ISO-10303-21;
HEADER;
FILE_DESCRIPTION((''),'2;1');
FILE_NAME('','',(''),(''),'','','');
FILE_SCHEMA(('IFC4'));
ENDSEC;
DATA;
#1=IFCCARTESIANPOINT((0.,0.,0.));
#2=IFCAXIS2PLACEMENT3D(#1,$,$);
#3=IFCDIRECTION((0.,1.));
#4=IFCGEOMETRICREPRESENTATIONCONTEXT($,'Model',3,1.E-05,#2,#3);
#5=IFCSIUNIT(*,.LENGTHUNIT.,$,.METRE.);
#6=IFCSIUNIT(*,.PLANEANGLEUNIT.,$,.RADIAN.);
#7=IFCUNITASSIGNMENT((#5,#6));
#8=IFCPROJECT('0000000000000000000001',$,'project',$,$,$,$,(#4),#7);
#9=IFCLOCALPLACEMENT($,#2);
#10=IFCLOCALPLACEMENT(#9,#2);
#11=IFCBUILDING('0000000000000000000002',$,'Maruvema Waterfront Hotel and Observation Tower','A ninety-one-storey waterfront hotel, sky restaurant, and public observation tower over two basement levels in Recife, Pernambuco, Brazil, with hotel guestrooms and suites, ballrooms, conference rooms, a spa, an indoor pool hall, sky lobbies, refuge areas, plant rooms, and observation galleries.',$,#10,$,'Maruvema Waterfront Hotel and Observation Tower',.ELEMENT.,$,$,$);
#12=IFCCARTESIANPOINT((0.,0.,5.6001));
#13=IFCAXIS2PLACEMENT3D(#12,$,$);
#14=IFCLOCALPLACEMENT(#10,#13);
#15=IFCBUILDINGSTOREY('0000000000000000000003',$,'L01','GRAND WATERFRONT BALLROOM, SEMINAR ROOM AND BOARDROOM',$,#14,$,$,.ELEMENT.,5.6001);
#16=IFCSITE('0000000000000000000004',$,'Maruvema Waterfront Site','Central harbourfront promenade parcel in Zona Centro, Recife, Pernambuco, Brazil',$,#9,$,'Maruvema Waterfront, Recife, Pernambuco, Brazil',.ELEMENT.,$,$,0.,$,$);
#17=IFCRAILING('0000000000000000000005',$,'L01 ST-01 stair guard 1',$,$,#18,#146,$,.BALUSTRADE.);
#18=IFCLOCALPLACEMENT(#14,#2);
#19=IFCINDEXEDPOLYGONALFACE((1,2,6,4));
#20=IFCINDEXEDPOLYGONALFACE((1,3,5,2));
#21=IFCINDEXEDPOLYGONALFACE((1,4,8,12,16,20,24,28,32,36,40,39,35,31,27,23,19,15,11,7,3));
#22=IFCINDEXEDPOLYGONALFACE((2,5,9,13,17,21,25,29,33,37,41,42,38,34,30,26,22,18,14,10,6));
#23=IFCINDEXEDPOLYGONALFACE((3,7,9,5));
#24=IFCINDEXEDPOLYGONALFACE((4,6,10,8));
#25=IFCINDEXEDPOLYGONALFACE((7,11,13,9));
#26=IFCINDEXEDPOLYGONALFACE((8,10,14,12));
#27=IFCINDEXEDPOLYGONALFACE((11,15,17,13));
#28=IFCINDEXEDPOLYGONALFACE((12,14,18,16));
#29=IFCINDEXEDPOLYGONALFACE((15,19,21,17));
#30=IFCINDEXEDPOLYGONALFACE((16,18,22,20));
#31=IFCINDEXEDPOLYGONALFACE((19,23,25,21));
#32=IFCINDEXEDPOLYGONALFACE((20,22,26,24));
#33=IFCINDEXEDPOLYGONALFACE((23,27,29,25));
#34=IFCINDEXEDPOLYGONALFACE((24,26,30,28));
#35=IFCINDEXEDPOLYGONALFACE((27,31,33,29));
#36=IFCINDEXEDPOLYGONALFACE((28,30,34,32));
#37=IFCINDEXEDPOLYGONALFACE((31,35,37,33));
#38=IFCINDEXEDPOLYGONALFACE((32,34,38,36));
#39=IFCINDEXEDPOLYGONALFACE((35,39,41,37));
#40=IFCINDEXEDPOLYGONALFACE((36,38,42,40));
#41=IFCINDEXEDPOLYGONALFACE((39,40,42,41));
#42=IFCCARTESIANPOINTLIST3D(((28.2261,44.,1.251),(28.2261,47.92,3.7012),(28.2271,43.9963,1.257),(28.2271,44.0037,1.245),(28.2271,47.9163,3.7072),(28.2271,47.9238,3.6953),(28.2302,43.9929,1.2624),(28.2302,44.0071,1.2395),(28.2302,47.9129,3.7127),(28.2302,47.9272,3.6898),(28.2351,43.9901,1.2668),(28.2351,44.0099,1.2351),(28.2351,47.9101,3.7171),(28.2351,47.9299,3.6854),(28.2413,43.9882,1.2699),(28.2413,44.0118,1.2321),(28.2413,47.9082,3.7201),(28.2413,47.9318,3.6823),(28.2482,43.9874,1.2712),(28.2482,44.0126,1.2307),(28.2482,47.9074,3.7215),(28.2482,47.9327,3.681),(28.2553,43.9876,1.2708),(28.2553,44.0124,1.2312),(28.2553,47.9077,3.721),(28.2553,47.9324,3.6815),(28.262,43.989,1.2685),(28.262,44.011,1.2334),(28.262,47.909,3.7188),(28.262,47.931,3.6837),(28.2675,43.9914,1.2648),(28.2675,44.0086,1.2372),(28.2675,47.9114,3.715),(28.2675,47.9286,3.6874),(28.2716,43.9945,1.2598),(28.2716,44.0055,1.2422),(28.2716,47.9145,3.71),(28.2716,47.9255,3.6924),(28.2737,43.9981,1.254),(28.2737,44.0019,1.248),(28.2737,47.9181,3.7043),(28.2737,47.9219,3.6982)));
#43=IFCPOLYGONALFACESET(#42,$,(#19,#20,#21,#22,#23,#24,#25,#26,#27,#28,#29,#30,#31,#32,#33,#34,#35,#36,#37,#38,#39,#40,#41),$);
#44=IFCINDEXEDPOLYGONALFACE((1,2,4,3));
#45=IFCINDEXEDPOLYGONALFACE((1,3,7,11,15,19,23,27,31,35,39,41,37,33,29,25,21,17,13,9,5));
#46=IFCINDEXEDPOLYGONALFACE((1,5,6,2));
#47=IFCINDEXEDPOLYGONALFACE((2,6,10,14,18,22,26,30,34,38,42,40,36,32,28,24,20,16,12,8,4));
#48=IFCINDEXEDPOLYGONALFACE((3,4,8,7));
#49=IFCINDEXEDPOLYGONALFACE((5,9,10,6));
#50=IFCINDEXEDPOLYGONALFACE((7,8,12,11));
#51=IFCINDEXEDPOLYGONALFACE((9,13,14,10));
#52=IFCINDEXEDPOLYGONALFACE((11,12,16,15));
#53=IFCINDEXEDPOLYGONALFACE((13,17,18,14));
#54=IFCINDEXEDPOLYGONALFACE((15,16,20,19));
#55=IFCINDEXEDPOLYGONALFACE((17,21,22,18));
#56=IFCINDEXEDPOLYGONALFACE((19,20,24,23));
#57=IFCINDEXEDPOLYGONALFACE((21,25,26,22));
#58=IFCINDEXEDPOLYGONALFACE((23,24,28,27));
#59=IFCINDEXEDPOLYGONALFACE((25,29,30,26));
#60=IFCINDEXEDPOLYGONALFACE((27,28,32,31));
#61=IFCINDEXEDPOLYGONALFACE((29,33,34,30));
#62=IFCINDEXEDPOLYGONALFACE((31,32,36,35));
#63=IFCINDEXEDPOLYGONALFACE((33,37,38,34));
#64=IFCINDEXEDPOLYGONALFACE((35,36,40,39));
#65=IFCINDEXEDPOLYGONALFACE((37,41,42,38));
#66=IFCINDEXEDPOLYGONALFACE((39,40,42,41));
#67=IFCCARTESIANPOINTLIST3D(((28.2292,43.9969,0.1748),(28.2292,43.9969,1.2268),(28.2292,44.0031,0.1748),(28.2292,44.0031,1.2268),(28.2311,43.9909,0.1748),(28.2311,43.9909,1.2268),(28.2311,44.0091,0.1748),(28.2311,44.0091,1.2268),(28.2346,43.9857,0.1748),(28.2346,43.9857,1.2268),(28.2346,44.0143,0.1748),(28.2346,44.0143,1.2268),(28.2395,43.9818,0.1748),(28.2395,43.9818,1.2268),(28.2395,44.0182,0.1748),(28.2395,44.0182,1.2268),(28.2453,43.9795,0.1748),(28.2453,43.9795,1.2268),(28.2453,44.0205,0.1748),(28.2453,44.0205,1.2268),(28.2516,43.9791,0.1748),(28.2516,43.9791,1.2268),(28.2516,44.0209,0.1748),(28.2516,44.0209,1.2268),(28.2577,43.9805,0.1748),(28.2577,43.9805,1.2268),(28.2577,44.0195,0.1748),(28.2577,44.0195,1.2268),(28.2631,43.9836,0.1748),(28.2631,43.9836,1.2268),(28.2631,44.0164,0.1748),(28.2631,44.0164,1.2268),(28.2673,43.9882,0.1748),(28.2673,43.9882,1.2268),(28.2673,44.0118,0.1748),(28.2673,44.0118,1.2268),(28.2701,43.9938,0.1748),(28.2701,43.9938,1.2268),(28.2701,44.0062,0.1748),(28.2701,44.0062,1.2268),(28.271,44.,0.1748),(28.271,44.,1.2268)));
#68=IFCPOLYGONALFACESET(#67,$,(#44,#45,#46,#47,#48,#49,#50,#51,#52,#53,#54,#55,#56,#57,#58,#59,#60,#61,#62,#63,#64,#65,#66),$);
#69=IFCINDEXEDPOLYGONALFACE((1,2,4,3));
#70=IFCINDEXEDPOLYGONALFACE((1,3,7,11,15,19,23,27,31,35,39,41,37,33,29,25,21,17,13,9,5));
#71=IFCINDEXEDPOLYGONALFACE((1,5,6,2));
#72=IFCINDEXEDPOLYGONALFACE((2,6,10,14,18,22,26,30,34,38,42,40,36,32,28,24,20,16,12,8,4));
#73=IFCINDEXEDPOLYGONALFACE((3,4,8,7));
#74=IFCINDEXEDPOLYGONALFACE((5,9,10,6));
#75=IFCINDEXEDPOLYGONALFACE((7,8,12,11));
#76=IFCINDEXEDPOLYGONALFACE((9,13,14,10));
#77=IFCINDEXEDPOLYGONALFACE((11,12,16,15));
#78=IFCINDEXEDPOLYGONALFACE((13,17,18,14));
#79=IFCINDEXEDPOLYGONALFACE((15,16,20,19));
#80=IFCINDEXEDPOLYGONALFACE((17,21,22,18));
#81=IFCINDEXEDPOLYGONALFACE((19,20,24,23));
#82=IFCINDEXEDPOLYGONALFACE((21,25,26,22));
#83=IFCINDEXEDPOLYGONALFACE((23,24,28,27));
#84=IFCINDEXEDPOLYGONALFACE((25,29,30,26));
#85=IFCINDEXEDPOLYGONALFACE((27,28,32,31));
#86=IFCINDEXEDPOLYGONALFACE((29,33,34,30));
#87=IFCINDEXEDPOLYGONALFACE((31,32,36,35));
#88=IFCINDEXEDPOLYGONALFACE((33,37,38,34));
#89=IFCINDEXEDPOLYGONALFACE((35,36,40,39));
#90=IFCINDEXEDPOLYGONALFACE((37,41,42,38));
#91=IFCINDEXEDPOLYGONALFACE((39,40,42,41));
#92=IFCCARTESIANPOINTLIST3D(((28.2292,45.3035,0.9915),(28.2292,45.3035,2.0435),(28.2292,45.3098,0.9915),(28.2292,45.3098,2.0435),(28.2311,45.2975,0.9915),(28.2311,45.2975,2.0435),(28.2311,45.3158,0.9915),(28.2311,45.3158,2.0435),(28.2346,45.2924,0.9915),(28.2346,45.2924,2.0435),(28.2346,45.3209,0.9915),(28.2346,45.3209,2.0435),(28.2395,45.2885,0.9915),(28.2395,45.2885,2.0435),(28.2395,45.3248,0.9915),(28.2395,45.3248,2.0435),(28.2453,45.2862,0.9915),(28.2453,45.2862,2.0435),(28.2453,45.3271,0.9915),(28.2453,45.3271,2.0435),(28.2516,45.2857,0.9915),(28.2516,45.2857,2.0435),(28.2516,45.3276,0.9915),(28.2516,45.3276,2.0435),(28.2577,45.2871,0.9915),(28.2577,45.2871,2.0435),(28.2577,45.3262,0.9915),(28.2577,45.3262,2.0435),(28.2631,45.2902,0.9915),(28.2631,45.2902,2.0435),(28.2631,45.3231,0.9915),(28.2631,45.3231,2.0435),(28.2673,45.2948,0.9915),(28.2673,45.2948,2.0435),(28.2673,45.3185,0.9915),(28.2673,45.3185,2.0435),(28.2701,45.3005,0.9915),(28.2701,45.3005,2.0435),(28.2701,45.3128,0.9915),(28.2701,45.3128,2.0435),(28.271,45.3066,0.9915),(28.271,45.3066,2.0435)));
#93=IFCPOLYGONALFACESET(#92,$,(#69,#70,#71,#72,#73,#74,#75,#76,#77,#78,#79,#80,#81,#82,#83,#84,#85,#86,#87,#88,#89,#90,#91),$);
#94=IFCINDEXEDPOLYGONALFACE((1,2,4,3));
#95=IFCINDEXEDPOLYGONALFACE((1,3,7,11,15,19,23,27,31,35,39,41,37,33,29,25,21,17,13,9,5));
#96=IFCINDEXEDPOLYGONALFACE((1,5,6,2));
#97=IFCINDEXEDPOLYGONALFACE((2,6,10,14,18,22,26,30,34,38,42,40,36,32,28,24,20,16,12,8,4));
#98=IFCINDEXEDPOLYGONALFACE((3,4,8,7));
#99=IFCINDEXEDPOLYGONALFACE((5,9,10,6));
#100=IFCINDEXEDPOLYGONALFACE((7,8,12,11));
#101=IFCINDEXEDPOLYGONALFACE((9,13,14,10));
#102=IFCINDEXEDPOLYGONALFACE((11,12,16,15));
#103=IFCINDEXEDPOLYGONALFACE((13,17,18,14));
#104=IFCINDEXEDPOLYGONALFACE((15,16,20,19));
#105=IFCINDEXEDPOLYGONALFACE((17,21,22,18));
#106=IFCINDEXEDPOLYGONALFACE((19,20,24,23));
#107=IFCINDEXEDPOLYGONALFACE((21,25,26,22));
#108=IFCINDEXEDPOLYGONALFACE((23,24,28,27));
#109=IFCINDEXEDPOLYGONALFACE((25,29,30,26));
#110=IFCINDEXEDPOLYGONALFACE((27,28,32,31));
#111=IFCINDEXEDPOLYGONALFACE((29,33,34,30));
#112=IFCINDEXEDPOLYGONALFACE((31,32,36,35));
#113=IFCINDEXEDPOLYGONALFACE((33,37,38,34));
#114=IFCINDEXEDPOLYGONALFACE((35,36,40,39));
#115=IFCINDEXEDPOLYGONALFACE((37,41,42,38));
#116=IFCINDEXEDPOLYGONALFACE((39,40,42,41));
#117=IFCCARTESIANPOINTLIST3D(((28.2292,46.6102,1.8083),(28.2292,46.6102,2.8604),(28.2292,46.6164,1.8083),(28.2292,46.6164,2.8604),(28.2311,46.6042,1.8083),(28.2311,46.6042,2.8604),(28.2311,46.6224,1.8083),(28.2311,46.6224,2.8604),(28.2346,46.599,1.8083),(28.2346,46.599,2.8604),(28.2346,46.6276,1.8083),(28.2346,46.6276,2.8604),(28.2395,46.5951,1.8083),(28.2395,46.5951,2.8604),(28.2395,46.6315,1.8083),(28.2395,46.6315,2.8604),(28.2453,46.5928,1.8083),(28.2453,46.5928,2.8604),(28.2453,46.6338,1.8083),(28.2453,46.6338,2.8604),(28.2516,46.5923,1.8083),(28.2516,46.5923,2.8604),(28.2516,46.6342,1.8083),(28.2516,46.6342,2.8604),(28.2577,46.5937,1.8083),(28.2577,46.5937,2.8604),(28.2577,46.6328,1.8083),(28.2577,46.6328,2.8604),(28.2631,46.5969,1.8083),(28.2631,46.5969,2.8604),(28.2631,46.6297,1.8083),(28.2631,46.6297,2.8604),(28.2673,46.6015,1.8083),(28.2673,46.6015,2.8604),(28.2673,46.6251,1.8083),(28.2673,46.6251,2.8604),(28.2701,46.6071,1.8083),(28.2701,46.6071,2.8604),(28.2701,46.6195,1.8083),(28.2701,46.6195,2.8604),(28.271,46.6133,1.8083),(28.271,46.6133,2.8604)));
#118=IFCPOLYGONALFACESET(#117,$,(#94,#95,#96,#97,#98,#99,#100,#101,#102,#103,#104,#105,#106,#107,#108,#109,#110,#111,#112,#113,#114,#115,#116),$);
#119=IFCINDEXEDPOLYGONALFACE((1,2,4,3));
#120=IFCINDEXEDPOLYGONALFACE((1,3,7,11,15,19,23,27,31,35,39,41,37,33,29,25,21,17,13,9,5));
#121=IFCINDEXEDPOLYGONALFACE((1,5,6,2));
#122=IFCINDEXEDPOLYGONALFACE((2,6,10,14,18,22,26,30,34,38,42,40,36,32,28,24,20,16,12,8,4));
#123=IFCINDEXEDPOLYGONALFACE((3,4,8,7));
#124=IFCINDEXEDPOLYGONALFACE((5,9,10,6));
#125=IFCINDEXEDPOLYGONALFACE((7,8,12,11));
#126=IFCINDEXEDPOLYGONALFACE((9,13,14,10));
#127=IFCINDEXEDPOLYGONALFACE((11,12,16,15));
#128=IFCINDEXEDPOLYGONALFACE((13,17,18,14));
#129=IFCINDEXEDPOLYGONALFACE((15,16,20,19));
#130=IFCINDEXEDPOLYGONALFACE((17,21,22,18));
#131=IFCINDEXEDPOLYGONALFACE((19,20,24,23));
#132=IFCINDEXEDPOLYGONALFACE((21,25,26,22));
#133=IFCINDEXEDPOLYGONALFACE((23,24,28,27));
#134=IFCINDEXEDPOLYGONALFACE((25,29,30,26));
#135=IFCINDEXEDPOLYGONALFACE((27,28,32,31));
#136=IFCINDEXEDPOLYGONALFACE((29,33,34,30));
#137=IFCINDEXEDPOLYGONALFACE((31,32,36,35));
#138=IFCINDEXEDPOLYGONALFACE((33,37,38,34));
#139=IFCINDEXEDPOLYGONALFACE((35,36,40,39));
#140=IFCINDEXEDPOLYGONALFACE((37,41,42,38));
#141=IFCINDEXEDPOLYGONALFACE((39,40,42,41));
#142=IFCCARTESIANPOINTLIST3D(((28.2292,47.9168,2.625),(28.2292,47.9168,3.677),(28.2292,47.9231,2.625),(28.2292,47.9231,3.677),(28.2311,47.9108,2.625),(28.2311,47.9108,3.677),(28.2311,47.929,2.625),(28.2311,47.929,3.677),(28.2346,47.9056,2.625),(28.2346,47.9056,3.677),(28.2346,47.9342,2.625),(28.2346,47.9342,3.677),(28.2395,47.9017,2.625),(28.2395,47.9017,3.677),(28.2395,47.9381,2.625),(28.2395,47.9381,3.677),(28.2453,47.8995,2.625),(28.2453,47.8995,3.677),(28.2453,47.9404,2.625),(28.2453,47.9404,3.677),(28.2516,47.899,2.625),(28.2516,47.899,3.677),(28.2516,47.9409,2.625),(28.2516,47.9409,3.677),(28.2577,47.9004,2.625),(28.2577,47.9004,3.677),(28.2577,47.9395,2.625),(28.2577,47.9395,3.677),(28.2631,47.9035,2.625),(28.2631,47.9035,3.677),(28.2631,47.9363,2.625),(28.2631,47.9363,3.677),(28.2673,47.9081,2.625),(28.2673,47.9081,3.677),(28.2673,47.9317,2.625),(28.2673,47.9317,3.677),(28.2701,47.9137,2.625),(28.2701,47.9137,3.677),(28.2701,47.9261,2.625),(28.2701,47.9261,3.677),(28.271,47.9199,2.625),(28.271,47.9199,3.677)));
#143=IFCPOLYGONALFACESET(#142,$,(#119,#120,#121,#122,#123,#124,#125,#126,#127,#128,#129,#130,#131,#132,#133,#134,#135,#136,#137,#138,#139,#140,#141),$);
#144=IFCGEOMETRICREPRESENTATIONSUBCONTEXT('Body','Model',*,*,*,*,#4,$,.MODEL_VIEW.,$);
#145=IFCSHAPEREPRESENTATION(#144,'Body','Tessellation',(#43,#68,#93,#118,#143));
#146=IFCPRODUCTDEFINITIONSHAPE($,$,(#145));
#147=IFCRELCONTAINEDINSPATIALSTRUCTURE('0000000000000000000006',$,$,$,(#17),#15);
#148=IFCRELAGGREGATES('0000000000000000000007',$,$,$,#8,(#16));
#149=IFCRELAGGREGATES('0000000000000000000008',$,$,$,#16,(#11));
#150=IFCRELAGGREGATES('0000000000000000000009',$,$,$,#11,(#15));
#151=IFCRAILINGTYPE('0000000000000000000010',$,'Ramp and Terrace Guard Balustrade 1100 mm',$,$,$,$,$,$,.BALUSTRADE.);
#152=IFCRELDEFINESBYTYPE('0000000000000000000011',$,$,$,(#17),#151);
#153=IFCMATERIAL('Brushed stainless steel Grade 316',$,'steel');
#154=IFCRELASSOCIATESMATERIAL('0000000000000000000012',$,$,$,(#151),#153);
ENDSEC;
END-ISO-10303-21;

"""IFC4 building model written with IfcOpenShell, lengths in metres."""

from ifc_helpers import new_model, si_unit, direction, frame, origin, origin_2d, place, context, subcontext, project, spatial, circle, extrude, material, type_object, element, save


model = new_model("IFC4")

# Units and contexts
model_context = context("Model", 3, precision=1e-05, world=origin(), true_north=direction((0.0, 1.0)))
body_context = subcontext(model_context, "Body", "Model", "MODEL_VIEW")
ifc_project = project(units=[si_unit("LENGTHUNIT", "METRE"), si_unit("PLANEANGLEUNIT", "RADIAN")], contexts=[model_context])

# Site, building, storey
site_placement = place(None, origin())
site = spatial("IfcSite", under=ifc_project, at=site_placement, Name="Maruvema Waterfront Site", Description="Central harbourfront promenade parcel in Zona Centro, Recife, Pernambuco, Brazil", LongName="Maruvema Waterfront, Recife, Pernambuco, Brazil", CompositionType="ELEMENT", RefElevation=0.0)
building_placement = place(site_placement, origin())
building = spatial("IfcBuilding", under=site, at=building_placement, Name="Maruvema Waterfront Hotel and Observation Tower", Description="A ninety-one-storey waterfront hotel, sky restaurant, and public observation tower over two basement levels in Recife, Pernambuco, Brazil, with hotel guestrooms and suites, ballrooms, conference rooms, a spa, an indoor pool hall, sky lobbies, refuge areas, plant rooms, and observation galleries.", LongName="Maruvema Waterfront Hotel and Observation Tower", CompositionType="ELEMENT")
storey_placement = place(building_placement, frame((0.0, 0.0, 5.6001)))
storey = spatial("IfcBuildingStorey", under=building, at=storey_placement, Name="L01", Description="GRAND WATERFRONT BALLROOM, SEMINAR ROOM AND BOARDROOM", CompositionType="ELEMENT", Elevation=5.6001)

# Railing
ifc_material_1 = material(Name="Brushed stainless steel Grade 316", Category="steel")
railing_type_1 = type_object("IfcRailingType", Name="Ramp and Terrace Guard Balustrade 1100 mm", PredefinedType="BALUSTRADE", material=ifc_material_1)
railing_1_placement = place(storey_placement, frame((28.25, 44.0, 0.1748)))
element("IfcRailing", 1, at=railing_1_placement, inside=storey, type_object=railing_type_1, Name="L01 ST-01 stair guard 1", PredefinedType="BALUSTRADE", context=body_context, shape_type="SweptSolid", body=[
    extrude(circle(Radius=0.0239, at=origin_2d()), frame((0.0, 0.0, 1.0762), z_axis=(0.0, 0.847975, 0.530037), x_axis=(-1.0, 0.0, 0.0)), (0.0, 0.0, 1.0), 4.6228),
    extrude(circle(Radius=0.021, at=origin_2d()), origin(), (0.0, 0.0, 1.0), 1.052),
    extrude(circle(Radius=0.021, at=origin_2d()), frame((0.0, 1.3066, 0.8167)), (0.0, 0.0, 1.0), 1.052),
    extrude(circle(Radius=0.021, at=origin_2d()), frame((0.0, 2.6133, 1.6335)), (0.0, 0.0, 1.0), 1.052),
    extrude(circle(Radius=0.021, at=origin_2d()), frame((0.0, 3.9199, 2.4502)), (0.0, 0.0, 1.0), 1.052),
])

save(model, "model.ifc")
